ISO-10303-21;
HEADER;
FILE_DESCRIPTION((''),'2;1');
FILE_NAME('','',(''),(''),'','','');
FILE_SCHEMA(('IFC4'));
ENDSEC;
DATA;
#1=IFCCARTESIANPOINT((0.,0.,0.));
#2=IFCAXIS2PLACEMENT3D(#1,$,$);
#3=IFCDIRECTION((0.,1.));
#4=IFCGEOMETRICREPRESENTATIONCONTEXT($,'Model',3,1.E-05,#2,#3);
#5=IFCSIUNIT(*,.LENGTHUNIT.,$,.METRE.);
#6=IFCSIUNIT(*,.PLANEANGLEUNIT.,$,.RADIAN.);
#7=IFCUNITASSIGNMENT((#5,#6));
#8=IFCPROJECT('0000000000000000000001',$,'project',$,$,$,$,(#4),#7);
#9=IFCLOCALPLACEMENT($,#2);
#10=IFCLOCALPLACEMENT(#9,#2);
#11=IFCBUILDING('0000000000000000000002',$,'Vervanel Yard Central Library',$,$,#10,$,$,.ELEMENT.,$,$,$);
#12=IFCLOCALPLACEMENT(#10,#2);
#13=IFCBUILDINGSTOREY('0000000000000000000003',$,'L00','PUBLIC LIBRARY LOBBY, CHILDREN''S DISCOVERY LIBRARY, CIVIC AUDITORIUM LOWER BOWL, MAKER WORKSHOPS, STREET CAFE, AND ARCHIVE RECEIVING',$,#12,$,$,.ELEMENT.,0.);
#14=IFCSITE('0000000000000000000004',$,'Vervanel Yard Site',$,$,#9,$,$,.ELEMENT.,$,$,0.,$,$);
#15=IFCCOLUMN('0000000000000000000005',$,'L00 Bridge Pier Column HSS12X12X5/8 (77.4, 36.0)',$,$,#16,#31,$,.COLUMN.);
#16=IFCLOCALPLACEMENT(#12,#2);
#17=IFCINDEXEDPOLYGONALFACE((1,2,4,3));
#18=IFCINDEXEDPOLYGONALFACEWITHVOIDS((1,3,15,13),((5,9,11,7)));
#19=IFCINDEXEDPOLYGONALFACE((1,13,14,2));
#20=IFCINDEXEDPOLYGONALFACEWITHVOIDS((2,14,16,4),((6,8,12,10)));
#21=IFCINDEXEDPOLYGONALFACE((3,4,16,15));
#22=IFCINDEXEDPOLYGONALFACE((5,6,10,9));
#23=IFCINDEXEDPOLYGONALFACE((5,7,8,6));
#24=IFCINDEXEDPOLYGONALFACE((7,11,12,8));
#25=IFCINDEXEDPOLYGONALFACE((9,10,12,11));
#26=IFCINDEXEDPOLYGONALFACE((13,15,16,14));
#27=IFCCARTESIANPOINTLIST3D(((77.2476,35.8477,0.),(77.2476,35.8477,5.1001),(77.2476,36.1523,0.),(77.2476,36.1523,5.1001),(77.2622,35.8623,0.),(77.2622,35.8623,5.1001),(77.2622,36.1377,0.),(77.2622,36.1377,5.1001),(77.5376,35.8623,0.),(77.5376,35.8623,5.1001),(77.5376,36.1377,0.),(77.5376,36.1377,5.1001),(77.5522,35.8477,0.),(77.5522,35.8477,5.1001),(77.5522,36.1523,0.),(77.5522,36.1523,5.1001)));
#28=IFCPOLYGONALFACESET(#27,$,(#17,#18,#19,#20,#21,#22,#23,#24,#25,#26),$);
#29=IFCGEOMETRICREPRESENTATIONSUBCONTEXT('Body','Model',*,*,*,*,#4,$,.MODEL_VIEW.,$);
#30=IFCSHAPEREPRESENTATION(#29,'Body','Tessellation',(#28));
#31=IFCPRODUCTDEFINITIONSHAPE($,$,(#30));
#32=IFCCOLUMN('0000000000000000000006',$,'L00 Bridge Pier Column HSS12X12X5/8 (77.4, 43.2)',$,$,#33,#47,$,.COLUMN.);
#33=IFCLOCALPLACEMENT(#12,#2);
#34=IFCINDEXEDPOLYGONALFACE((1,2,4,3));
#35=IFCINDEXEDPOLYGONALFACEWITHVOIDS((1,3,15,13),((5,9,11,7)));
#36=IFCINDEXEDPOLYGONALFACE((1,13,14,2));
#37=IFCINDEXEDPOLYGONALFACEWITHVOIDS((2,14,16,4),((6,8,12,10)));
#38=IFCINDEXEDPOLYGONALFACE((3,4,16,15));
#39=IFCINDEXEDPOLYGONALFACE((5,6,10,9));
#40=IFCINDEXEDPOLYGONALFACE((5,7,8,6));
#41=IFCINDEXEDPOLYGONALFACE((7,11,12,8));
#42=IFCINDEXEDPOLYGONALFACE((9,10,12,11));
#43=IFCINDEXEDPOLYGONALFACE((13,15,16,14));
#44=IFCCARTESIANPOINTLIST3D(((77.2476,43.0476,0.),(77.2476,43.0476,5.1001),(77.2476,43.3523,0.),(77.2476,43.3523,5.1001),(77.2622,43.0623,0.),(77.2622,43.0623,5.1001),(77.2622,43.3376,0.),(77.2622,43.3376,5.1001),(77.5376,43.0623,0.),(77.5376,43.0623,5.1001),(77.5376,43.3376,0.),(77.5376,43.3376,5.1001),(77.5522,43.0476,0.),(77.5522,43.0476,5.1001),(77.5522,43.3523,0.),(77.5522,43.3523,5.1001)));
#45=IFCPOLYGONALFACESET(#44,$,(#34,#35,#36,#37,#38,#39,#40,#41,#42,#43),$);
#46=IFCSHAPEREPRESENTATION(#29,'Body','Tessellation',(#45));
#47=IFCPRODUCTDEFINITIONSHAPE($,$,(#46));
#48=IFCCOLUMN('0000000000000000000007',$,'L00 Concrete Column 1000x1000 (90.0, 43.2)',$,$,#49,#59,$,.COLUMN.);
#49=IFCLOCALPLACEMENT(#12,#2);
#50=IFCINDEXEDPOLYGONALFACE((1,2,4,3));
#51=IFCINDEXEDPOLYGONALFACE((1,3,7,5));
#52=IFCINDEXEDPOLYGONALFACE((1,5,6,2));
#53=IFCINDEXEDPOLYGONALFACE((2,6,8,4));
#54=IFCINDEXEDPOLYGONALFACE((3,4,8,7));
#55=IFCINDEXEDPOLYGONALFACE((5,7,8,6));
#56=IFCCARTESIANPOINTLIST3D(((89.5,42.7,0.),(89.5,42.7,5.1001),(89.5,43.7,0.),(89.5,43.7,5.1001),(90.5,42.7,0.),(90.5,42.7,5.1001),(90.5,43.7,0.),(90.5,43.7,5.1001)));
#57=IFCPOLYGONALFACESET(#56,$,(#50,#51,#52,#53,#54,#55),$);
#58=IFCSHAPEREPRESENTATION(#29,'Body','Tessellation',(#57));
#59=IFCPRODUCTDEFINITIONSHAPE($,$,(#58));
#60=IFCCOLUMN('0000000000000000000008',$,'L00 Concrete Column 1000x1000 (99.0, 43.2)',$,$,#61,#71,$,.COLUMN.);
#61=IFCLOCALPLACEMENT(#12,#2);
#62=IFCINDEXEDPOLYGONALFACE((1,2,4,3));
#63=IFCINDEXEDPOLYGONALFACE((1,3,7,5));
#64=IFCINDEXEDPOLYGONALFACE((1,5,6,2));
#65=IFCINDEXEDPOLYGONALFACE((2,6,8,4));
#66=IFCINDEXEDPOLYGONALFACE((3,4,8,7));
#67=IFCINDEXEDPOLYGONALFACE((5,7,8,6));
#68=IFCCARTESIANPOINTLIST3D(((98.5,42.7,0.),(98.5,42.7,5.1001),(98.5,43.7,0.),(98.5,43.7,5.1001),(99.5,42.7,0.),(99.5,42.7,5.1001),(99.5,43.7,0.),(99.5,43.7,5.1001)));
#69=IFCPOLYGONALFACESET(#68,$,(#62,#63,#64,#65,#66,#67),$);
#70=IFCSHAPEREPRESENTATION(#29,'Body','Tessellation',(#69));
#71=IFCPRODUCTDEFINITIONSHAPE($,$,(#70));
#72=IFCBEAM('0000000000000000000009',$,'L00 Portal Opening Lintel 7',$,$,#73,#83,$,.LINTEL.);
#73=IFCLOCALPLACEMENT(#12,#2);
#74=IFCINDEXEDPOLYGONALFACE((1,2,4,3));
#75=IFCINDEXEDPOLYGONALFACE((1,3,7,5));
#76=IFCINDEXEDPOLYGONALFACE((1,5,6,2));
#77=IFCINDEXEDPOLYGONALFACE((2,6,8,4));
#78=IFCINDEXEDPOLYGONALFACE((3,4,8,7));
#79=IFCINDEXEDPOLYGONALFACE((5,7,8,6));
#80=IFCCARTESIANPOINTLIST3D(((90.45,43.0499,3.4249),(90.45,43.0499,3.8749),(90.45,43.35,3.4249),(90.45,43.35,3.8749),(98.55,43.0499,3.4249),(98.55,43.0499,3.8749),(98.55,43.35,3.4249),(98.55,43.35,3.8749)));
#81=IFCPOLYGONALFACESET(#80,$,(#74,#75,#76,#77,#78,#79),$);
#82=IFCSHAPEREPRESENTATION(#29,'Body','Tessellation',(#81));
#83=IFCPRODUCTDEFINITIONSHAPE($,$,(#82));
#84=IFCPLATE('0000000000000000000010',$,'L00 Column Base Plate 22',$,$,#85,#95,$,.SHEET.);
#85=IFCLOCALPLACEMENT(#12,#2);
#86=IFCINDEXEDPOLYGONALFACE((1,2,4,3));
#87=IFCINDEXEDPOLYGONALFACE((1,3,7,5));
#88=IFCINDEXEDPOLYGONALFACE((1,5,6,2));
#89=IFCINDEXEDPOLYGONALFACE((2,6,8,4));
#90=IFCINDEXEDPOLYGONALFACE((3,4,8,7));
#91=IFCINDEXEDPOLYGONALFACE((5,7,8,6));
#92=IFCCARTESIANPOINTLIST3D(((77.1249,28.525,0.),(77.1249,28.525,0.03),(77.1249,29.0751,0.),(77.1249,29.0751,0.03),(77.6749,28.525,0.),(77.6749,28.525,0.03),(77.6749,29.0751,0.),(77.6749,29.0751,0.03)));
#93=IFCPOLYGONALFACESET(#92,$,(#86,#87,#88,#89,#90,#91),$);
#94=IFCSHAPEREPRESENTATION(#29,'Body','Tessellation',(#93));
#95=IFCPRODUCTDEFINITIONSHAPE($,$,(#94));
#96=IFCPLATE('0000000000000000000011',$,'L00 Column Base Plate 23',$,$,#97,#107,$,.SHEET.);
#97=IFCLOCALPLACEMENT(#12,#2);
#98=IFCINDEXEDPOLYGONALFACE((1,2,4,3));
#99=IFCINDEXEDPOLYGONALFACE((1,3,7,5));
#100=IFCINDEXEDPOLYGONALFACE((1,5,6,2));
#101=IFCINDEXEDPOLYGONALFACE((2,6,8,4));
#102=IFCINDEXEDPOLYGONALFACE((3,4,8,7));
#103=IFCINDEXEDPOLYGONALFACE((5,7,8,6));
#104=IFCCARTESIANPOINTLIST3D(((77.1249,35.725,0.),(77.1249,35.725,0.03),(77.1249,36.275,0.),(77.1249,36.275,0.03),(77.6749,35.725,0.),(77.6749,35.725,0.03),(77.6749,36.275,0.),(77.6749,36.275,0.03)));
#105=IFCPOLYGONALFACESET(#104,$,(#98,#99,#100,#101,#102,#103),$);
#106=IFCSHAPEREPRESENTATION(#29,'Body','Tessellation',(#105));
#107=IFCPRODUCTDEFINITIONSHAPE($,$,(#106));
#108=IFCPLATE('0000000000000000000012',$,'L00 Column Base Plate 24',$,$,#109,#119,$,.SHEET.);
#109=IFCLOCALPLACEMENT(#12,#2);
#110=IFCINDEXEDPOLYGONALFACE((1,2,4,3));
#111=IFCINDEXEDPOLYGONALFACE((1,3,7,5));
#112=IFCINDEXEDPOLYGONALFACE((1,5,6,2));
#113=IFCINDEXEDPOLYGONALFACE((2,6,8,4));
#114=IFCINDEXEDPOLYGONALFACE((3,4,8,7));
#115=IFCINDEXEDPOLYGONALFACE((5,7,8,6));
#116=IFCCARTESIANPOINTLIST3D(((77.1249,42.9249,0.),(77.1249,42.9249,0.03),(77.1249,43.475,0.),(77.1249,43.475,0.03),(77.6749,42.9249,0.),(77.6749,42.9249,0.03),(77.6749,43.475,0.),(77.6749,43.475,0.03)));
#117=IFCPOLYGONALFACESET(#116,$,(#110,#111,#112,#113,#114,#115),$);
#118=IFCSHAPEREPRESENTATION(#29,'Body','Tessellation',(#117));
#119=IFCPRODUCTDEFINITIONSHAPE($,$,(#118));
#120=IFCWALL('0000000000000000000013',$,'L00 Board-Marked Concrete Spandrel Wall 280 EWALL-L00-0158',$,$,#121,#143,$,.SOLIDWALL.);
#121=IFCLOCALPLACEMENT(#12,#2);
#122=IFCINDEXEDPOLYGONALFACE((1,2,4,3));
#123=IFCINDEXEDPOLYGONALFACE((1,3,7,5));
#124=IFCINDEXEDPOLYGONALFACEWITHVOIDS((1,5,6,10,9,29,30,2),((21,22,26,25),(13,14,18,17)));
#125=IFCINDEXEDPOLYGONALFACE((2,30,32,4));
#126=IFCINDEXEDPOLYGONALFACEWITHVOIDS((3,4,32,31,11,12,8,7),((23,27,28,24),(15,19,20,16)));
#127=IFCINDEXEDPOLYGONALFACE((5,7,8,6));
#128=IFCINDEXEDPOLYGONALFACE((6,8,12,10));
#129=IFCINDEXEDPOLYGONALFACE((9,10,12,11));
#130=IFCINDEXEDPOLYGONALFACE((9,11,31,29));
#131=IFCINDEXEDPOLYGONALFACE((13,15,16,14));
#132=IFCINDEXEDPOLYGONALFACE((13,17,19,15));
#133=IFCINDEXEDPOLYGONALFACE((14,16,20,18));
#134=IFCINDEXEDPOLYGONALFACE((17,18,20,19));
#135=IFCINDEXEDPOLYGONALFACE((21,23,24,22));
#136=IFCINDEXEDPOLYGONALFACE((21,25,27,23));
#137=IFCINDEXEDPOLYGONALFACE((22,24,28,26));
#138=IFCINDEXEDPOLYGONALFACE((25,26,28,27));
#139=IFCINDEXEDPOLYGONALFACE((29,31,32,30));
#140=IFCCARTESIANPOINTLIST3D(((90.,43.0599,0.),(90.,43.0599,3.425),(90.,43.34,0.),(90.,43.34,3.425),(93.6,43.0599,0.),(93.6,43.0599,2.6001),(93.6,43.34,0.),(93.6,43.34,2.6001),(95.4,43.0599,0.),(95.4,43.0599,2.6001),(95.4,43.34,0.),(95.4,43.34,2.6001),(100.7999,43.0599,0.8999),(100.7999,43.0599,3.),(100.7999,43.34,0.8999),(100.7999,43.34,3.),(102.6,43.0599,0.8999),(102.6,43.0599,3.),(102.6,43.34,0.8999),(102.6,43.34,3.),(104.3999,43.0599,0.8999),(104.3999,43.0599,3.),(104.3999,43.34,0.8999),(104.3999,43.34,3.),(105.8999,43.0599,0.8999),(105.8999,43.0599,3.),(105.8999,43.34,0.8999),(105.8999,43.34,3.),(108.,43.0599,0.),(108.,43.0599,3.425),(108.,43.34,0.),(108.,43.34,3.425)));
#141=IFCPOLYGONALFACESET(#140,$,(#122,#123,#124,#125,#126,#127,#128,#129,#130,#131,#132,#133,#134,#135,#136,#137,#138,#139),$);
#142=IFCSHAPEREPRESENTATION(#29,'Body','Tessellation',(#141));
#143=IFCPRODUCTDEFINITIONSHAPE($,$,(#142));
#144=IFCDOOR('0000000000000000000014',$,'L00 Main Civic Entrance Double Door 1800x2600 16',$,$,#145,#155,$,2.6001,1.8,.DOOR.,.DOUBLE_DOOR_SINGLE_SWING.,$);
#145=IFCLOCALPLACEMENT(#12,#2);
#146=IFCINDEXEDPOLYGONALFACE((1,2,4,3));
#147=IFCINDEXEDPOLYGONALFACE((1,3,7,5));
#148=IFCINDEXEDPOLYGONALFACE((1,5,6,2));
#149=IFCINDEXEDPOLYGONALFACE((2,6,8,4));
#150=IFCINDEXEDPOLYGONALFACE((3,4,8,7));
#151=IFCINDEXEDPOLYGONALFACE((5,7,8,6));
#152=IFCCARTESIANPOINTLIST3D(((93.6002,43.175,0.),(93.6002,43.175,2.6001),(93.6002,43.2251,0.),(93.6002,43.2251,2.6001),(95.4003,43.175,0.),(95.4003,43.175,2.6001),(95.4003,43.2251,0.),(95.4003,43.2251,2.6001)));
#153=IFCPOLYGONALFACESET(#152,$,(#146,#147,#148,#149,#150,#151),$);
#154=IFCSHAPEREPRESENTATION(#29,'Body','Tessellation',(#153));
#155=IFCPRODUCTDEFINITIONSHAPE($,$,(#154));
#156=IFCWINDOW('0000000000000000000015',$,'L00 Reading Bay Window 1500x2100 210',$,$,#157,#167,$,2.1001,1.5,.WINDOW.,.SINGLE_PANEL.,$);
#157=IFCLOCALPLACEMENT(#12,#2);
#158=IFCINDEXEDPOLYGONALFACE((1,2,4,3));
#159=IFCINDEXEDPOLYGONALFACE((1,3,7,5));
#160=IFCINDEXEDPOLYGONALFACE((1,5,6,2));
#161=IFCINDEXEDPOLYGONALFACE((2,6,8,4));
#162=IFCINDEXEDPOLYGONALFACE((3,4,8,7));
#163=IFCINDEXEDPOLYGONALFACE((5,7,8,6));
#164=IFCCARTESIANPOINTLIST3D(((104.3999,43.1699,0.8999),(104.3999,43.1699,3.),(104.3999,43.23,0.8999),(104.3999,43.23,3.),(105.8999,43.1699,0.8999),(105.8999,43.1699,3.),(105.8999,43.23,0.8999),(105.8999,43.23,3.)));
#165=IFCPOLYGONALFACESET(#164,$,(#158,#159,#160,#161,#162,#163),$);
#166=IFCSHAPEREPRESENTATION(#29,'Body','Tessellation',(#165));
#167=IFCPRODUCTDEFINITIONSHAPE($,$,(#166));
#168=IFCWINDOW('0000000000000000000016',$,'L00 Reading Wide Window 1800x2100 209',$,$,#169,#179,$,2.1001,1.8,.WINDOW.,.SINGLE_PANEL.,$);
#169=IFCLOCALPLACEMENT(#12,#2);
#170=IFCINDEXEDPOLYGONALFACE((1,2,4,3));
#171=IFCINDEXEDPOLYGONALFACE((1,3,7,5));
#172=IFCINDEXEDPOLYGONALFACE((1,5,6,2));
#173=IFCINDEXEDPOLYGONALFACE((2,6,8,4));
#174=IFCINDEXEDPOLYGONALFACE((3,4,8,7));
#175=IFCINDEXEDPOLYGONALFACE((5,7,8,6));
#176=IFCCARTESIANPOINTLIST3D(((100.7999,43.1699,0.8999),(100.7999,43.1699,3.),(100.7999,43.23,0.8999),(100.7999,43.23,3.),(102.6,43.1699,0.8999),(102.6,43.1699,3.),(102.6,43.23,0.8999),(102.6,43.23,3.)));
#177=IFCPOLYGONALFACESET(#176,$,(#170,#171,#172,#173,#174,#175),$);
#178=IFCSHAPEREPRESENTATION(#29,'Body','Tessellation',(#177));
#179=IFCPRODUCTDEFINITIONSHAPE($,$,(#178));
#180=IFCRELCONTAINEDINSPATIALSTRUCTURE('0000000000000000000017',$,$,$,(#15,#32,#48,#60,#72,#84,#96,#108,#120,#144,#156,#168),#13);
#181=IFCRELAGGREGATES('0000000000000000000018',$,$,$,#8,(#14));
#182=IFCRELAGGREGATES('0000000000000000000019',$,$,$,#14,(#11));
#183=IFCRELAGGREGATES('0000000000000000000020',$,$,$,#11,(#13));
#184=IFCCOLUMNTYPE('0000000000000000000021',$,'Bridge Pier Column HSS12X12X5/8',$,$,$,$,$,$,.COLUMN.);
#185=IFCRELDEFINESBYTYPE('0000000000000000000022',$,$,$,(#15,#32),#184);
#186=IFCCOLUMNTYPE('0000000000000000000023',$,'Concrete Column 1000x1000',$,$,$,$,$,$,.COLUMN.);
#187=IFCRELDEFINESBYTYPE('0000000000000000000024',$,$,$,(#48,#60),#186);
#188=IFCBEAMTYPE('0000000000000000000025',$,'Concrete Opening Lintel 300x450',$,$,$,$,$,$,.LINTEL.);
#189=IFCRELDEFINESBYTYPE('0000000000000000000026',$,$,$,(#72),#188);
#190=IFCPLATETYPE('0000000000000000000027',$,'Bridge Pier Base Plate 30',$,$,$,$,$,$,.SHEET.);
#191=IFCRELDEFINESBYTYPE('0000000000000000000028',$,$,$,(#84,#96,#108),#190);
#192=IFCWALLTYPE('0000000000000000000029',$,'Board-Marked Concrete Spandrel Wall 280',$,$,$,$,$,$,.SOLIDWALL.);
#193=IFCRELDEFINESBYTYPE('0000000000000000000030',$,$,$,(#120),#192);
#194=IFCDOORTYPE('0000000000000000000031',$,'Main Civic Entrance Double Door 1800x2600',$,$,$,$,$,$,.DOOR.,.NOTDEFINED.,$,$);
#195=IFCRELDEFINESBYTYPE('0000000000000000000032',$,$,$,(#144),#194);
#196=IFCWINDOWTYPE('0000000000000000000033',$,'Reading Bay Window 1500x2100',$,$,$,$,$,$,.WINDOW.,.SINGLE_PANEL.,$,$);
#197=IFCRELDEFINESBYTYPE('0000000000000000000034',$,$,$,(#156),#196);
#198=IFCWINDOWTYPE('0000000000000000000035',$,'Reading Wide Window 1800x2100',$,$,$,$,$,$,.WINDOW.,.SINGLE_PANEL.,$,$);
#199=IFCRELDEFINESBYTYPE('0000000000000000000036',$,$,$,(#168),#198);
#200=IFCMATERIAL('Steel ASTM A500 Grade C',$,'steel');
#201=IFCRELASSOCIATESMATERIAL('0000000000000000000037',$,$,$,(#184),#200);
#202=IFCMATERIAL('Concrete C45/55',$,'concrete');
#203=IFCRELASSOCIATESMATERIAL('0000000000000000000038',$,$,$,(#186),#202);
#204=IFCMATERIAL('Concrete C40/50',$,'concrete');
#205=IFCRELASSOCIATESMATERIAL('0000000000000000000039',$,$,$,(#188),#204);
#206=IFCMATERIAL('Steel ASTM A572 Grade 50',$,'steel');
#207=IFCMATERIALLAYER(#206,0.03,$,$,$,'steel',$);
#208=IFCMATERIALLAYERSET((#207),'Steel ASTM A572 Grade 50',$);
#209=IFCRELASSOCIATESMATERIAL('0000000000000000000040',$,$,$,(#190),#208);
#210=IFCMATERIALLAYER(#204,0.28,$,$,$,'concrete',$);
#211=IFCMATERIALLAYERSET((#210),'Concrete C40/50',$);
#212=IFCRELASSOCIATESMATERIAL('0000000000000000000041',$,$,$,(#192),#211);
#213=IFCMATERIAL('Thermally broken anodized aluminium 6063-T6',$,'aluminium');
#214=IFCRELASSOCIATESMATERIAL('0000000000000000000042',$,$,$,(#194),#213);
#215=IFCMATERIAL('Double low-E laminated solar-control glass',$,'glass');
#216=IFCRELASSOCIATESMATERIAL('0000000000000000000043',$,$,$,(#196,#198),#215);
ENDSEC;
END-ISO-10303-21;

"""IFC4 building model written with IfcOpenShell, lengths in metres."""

from ifc_helpers import new_model, si_unit, direction, frame, frame_2d, origin, origin_2d, place, context, subcontext, project, spatial, rectangle, hollow_rectangle, extrude, material, layer, layer_set, material_profile, profile_set, type_object, element, fill, save


model = new_model("IFC4")

# Units and contexts
model_context = context("Model", 3, precision=1e-05, world=origin(), true_north=direction((0.0, 1.0)))
body_context = subcontext(model_context, "Body", "Model", "MODEL_VIEW")
ifc_project = project(units=[si_unit("LENGTHUNIT", "METRE"), si_unit("PLANEANGLEUNIT", "RADIAN")], contexts=[model_context])

# Site, building, storey
site_placement = place(None, origin())
site = spatial("IfcSite", under=ifc_project, at=site_placement, Name="Vervanel Yard Site", CompositionType="ELEMENT", RefElevation=0.0)
building_placement = place(site_placement, origin())
building = spatial("IfcBuilding", under=site, at=building_placement, Name="Vervanel Yard Central Library", CompositionType="ELEMENT")
storey_placement = place(building_placement, origin())
storey = spatial("IfcBuildingStorey", under=building, at=storey_placement, Name="L00", Description="PUBLIC LIBRARY LOBBY, CHILDREN'S DISCOVERY LIBRARY, CIVIC AUDITORIUM LOWER BOWL, MAKER WORKSHOPS, STREET CAFE, AND ARCHIVE RECEIVING", CompositionType="ELEMENT", Elevation=0.0)

# Columns
ifc_material_1 = material(Name="Steel ASTM A500 Grade C", Category="steel")
ifc_material_profile_1 = material_profile(ifc_material_1, hollow_rectangle(XDim=0.3047, YDim=0.3047, WallThickness=0.0146, at=origin_2d()), Name="HSS12X12X5/8", Category="steel")
ifc_profile_set_1 = profile_set([ifc_material_profile_1], Name="Steel ASTM A500 Grade C")
column_type_1 = type_object("IfcColumnType", Name="Bridge Pier Column HSS12X12X5/8", PredefinedType="COLUMN", material=ifc_profile_set_1)
for number, where, z_axis, x_axis, name in (
    (1, (77.3999, 36.0, 0.0), (0.0, 0.0, 1.0), (1.0, 0.0, 0.0), "L00 Bridge Pier Column HSS12X12X5/8 (77.4, 36.0)"),
    (2, (77.3999, 43.2, 0.0), (0.0, 0.0, 1.0), (1.0, 0.0, 0.0), "L00 Bridge Pier Column HSS12X12X5/8 (77.4, 43.2)"),
):
    element("IfcColumn", number, at=place(storey_placement, frame(where, z_axis=z_axis, x_axis=x_axis)), inside=storey, type_object=column_type_1, Name=name, PredefinedType="COLUMN", context=body_context, shape_type="SweptSolid", body=[
        extrude(hollow_rectangle(XDim=0.3047, YDim=0.3047, WallThickness=0.0146, at=origin_2d()), origin(), (0.0, 0.0, 1.0), 5.1001),
    ])
ifc_material_2 = material(Name="Concrete C45/55", Category="concrete")
ifc_material_profile_2 = material_profile(ifc_material_2, rectangle(XDim=1.0, YDim=1.0, at=origin_2d()), Name="RC 1000x1000", Category="concrete")
ifc_profile_set_2 = profile_set([ifc_material_profile_2], Name="Concrete C45/55")
column_type_2 = type_object("IfcColumnType", Name="Concrete Column 1000x1000", PredefinedType="COLUMN", material=ifc_profile_set_2)
for number, where, z_axis, x_axis, name in (
    (3, (90.0, 43.2, 0.0), (0.0, 0.0, 1.0), (1.0, 0.0, 0.0), "L00 Concrete Column 1000x1000 (90.0, 43.2)"),
    (4, (99.0, 43.2, 0.0), (0.0, 0.0, 1.0), (1.0, 0.0, 0.0), "L00 Concrete Column 1000x1000 (99.0, 43.2)"),
):
    element("IfcColumn", number, at=place(storey_placement, frame(where, z_axis=z_axis, x_axis=x_axis)), inside=storey, type_object=column_type_2, Name=name, PredefinedType="COLUMN", context=body_context, shape_type="SweptSolid", body=[
        extrude(rectangle(XDim=1.0, YDim=1.0, at=origin_2d()), origin(), (0.0, 0.0, 1.0), 5.1001),
    ])

# Beam
ifc_material_3 = material(Name="Concrete C40/50", Category="concrete")
ifc_material_profile_3 = material_profile(ifc_material_3, rectangle(XDim=0.3, YDim=0.45, at=origin_2d()), Name="RC 300x450", Category="concrete")
ifc_profile_set_3 = profile_set([ifc_material_profile_3], Name="Concrete C40/50")
beam_type = type_object("IfcBeamType", Name="Concrete Opening Lintel 300x450", PredefinedType="LINTEL", material=ifc_profile_set_3)
beam_placement = place(storey_placement, frame((90.45, 43.2, 3.6499), z_axis=(1.0, 0.0, 0.0), x_axis=(0.0, 1.0, 0.0)))
element("IfcBeam", 5, at=beam_placement, inside=storey, type_object=beam_type, Name="L00 Portal Opening Lintel 7", PredefinedType="LINTEL", context=body_context, shape_type="SweptSolid", body=[
    extrude(rectangle(XDim=0.3, YDim=0.45, at=origin_2d()), origin(), (0.0, 0.0, 1.0), 8.1001),
])

# Plates
ifc_material_4 = material(Name="Steel ASTM A572 Grade 50", Category="steel")
ifc_layer_1 = layer(ifc_material_4, 0.03, Category="steel")
ifc_layer_set_1 = layer_set([ifc_layer_1], Name="Steel ASTM A572 Grade 50")
plate_type = type_object("IfcPlateType", Name="Bridge Pier Base Plate 30", PredefinedType="SHEET", material=ifc_layer_set_1)
for number, where, z_axis, x_axis, name in (
    (6, (77.3999, 28.8, 0.0), (0.0, 0.0, 1.0), (1.0, 0.0, 0.0), "L00 Column Base Plate 22"),
    (7, (77.3999, 36.0, 0.0), (0.0, 0.0, 1.0), (1.0, 0.0, 0.0), "L00 Column Base Plate 23"),
    (8, (77.3999, 43.2, 0.0), (0.0, 0.0, 1.0), (1.0, 0.0, 0.0), "L00 Column Base Plate 24"),
):
    element("IfcPlate", number, at=place(storey_placement, frame(where, z_axis=z_axis, x_axis=x_axis)), inside=storey, type_object=plate_type, Name=name, PredefinedType="SHEET", context=body_context, shape_type="SweptSolid", body=[
        extrude(rectangle(XDim=0.55, YDim=0.55, at=origin_2d()), origin(), (0.0, 0.0, 1.0), 0.03),
    ])

# Wall, openings, door, windows
ifc_layer_2 = layer(ifc_material_3, 0.28, Category="concrete")
ifc_layer_set_2 = layer_set([ifc_layer_2], Name="Concrete C40/50")
wall_type_1 = type_object("IfcWallType", Name="Board-Marked Concrete Spandrel Wall 280", PredefinedType="SOLIDWALL", material=ifc_layer_set_2)
wall_1_placement = place(storey_placement, frame((90.0, 43.2, 0.0), z_axis=(0.0, 0.0, 1.0), x_axis=(1.0, 0.0, 0.0)))
wall_1 = element("IfcWall", 9, at=wall_1_placement, inside=storey, type_object=wall_type_1, Name="L00 Board-Marked Concrete Spandrel Wall 280 EWALL-L00-0158", PredefinedType="SOLIDWALL", context=body_context, shape_type="SweptSolid", body=[
    extrude(rectangle(XDim=18.0, YDim=0.28, at=frame_2d((9.0, 0.0))), origin(), (0.0, 0.0, 1.0), 3.425),
])
opening_1_placement = place(wall_1_placement, frame((3.6001, 0.0, 0.0)))
opening_1 = element("IfcOpeningElement", 10, at=opening_1_placement, cuts=wall_1, PredefinedType="OPENING", context=body_context, shape_type="SweptSolid", body=[
    extrude(rectangle(XDim=1.8, YDim=2.6001, at=frame_2d((0.8999, 1.3))), frame((0.0, 0.1499, 0.0), z_axis=(0.0, -1.0, 0.0), x_axis=(1.0, 0.0, 0.0)), (0.0, 0.0, 1.0), 0.3),
])
opening_2_placement = place(wall_1_placement, frame((10.8, 0.0, 0.8999)))
opening_2 = element("IfcOpeningElement", 11, at=opening_2_placement, cuts=wall_1, PredefinedType="OPENING", context=body_context, shape_type="SweptSolid", body=[
    extrude(rectangle(XDim=1.8, YDim=2.1001, at=frame_2d((0.8999, 1.05))), frame((0.0, 0.1499, 0.0), z_axis=(0.0, -1.0, 0.0), x_axis=(1.0, 0.0, 0.0)), (0.0, 0.0, 1.0), 0.3),
])
opening_3_placement = place(wall_1_placement, frame((14.3999, 0.0, 0.8999)))
opening_3 = element("IfcOpeningElement", 12, at=opening_3_placement, cuts=wall_1, PredefinedType="OPENING", context=body_context, shape_type="SweptSolid", body=[
    extrude(rectangle(XDim=1.5, YDim=2.1001, at=frame_2d((0.75, 1.05))), frame((0.0, 0.1499, 0.0), z_axis=(0.0, -1.0, 0.0), x_axis=(1.0, 0.0, 0.0)), (0.0, 0.0, 1.0), 0.3),
])
ifc_material_5 = material(Name="Thermally broken anodized aluminium 6063-T6", Category="aluminium")
door_type = type_object("IfcDoorType", Name="Main Civic Entrance Double Door 1800x2600", OperationType="NOTDEFINED", PredefinedType="DOOR", material=ifc_material_5)
door_placement = place(opening_1_placement, frame((1.8, 0.0, 0.0), z_axis=(0.0, 0.0, 1.0), x_axis=(-1.0, 0.0, 0.0)))
door = element("IfcDoor", 13, at=door_placement, inside=storey, type_object=door_type, Name="L00 Main Civic Entrance Double Door 1800x2600 16", OperationType="DOUBLE_DOOR_SINGLE_SWING", OverallHeight=2.6001, OverallWidth=1.8, PredefinedType="DOOR", context=body_context, shape_type="SweptSolid", body=[
    extrude(rectangle(XDim=1.8, YDim=2.6001, at=frame_2d((0.8999, 1.3))), frame((0.0, 0.0249, 0.0), z_axis=(0.0, -1.0, 0.0), x_axis=(1.0, 0.0, 0.0)), (0.0, 0.0, 1.0), 0.05),
])
fill(opening_1, door)
ifc_material_6 = material(Name="Double low-E laminated solar-control glass", Category="glass")
window_type_1 = type_object("IfcWindowType", Name="Reading Bay Window 1500x2100", PartitioningType="SINGLE_PANEL", PredefinedType="WINDOW", material=ifc_material_6)
window_1_placement = place(opening_3_placement, origin())
window_1 = element("IfcWindow", 14, at=window_1_placement, inside=storey, type_object=window_type_1, Name="L00 Reading Bay Window 1500x2100 210", OverallHeight=2.1001, OverallWidth=1.5, PartitioningType="SINGLE_PANEL", PredefinedType="WINDOW", context=body_context, shape_type="SweptSolid", body=[
    extrude(rectangle(XDim=1.5, YDim=2.1001, at=frame_2d((0.75, 1.05))), frame((0.0, 0.03, 0.0), z_axis=(0.0, -1.0, 0.0), x_axis=(1.0, 0.0, 0.0)), (0.0, 0.0, 1.0), 0.0601),
])
fill(opening_3, window_1)
window_type_2 = type_object("IfcWindowType", Name="Reading Wide Window 1800x2100", PartitioningType="SINGLE_PANEL", PredefinedType="WINDOW", material=ifc_material_6)
window_2_placement = place(opening_2_placement, origin())
window_2 = element("IfcWindow", 15, at=window_2_placement, inside=storey, type_object=window_type_2, Name="L00 Reading Wide Window 1800x2100 209", OverallHeight=2.1001, OverallWidth=1.8, PartitioningType="SINGLE_PANEL", PredefinedType="WINDOW", context=body_context, shape_type="SweptSolid", body=[
    extrude(rectangle(XDim=1.8, YDim=2.1001, at=frame_2d((0.8999, 1.05))), frame((0.0, 0.03, 0.0), z_axis=(0.0, -1.0, 0.0), x_axis=(1.0, 0.0, 0.0)), (0.0, 0.0, 1.0), 0.0601),
])
fill(opening_2, window_2)

save(model, "model.ifc")
